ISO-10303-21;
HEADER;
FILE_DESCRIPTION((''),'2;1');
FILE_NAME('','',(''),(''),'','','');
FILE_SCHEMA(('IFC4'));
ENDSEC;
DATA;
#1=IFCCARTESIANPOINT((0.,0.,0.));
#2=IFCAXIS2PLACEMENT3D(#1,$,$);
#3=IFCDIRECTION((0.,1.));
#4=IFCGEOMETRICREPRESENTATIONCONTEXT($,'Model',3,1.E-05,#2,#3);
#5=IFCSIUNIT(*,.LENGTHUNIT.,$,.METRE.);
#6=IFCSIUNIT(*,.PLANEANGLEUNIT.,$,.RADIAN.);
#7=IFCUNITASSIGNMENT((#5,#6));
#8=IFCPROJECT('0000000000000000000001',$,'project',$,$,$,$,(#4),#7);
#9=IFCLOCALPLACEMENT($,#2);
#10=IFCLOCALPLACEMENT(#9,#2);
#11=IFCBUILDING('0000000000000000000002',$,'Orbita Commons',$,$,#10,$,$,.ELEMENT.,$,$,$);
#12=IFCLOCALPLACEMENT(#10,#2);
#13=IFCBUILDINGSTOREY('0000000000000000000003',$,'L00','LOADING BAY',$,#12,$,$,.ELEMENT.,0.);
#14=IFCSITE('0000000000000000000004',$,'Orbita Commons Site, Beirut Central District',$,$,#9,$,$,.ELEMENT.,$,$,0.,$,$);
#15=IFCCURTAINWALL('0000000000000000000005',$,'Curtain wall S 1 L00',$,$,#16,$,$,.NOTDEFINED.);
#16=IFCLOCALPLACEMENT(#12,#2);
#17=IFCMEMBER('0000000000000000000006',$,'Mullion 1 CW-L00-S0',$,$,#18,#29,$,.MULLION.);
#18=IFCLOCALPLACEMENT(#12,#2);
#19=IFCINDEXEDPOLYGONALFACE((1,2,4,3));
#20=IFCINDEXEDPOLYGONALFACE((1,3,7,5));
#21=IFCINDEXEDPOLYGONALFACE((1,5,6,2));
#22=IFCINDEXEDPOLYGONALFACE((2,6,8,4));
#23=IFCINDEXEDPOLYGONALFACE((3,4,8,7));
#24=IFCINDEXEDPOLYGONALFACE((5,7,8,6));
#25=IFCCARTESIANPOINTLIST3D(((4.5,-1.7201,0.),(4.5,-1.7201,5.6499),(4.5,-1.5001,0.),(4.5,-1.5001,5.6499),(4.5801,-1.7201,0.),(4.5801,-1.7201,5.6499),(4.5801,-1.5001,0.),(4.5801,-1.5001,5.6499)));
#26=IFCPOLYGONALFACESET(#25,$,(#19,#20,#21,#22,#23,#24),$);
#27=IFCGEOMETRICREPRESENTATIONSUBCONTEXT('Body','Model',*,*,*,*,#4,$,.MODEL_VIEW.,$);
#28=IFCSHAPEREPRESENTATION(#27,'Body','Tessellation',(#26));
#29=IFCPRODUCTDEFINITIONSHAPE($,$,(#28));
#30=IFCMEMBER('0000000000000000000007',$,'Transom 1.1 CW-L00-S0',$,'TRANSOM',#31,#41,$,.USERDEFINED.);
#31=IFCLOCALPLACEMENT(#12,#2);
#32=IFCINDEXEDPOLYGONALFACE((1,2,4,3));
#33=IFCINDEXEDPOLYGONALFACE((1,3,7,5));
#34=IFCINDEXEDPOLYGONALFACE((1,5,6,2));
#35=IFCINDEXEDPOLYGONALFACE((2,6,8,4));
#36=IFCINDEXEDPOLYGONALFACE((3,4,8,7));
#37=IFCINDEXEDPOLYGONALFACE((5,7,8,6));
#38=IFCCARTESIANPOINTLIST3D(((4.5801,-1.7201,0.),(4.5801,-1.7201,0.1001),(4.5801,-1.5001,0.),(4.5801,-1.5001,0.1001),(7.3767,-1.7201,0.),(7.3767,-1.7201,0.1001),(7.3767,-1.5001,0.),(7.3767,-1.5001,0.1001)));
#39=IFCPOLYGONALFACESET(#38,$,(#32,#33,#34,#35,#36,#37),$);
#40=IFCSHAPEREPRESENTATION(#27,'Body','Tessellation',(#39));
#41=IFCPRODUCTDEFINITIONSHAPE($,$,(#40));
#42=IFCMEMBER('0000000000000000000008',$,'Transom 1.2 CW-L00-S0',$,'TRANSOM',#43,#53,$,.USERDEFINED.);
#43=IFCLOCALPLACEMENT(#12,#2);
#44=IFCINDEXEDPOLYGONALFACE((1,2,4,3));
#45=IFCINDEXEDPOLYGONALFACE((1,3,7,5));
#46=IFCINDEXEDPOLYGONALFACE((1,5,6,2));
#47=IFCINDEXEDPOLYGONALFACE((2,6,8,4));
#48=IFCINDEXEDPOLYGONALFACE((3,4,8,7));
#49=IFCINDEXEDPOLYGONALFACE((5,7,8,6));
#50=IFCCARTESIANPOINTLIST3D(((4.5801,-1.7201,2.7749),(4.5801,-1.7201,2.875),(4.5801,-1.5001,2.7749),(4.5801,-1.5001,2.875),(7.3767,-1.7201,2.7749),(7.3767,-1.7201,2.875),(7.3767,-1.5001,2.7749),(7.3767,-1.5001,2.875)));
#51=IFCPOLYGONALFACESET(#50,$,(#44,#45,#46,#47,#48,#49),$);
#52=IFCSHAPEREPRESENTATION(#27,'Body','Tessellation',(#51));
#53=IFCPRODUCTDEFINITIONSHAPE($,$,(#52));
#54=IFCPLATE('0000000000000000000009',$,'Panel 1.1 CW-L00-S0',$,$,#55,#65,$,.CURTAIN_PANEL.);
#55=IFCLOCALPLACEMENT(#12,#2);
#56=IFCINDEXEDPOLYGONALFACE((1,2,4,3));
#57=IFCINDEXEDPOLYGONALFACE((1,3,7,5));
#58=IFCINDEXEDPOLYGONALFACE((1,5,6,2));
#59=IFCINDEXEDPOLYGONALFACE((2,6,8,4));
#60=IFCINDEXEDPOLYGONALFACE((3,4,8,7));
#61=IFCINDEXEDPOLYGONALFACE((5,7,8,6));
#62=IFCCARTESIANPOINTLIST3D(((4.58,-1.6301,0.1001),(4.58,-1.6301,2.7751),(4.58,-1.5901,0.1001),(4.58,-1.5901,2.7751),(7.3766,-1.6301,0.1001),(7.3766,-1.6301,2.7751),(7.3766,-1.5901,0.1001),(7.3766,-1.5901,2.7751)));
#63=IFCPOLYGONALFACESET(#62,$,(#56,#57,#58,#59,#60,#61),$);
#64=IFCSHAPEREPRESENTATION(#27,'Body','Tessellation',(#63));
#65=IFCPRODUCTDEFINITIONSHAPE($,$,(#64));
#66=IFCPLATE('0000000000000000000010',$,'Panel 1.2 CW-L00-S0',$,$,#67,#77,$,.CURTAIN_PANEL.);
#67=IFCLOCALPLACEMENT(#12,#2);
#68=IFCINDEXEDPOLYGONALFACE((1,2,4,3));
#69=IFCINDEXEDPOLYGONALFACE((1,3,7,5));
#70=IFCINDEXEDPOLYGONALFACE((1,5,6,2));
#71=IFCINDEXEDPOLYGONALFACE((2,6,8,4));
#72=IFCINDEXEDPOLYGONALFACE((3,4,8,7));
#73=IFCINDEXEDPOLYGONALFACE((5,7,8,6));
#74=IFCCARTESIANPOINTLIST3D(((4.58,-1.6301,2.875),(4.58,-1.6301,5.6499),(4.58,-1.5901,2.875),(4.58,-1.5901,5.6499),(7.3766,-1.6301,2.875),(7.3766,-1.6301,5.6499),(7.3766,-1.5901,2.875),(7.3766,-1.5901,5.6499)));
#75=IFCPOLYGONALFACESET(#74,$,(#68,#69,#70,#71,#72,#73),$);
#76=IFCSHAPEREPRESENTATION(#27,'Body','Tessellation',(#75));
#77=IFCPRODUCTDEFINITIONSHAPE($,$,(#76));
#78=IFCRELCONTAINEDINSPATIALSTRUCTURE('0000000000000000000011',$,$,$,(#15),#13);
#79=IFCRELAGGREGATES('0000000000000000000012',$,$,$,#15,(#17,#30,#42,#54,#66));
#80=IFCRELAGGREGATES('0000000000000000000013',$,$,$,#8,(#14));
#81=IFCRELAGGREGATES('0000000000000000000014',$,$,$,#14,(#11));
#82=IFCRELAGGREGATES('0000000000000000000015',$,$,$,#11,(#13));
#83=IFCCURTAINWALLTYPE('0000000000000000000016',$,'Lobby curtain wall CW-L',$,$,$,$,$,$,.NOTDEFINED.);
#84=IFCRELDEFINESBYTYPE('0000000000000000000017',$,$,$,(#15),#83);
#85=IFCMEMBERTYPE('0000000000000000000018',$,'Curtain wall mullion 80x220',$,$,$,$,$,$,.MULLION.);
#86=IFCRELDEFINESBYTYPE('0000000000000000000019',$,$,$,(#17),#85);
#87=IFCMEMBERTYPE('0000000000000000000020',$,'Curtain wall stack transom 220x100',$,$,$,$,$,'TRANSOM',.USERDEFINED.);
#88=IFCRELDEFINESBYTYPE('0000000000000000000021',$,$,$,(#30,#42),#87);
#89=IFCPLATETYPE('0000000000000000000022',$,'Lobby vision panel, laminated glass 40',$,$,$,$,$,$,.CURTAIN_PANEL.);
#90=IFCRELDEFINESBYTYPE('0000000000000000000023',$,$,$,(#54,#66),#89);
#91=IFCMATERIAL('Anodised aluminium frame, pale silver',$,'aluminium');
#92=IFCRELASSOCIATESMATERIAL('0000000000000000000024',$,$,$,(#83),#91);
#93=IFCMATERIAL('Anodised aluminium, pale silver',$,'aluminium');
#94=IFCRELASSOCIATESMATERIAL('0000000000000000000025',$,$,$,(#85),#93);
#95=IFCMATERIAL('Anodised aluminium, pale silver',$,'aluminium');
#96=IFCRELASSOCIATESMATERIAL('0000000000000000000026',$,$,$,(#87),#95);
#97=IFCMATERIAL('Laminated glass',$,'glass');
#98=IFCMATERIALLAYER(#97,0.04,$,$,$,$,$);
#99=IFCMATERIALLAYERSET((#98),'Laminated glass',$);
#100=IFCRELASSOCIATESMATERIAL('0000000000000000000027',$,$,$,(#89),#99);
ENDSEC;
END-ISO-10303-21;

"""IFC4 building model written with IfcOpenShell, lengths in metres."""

from ifc_helpers import new_model, si_unit, direction, frame, origin, origin_2d, place, context, subcontext, project, spatial, rectangle, extrude, material, layer, layer_set, material_profile, profile_set, type_object, element, aggregate, save


model = new_model("IFC4")

# Units and contexts
model_context = context("Model", 3, precision=1e-05, world=origin(), true_north=direction((0.0, 1.0)))
body_context = subcontext(model_context, "Body", "Model", "MODEL_VIEW")
ifc_project = project(units=[si_unit("LENGTHUNIT", "METRE"), si_unit("PLANEANGLEUNIT", "RADIAN")], contexts=[model_context])

# Site, building, storey
site_placement = place(None, origin())
site = spatial("IfcSite", under=ifc_project, at=site_placement, Name="Orbita Commons Site, Beirut Central District", CompositionType="ELEMENT", RefElevation=0.0)
building_placement = place(site_placement, origin())
building = spatial("IfcBuilding", under=site, at=building_placement, Name="Orbita Commons", CompositionType="ELEMENT")
storey_placement = place(building_placement, origin())
storey = spatial("IfcBuildingStorey", under=building, at=storey_placement, Name="L00", Description="LOADING BAY", CompositionType="ELEMENT", Elevation=0.0)

# Curtain wall, members, plates
ifc_material_1 = material(Name="Anodised aluminium frame, pale silver", Category="aluminium")
curtain_wall_type = type_object("IfcCurtainWallType", Name="Lobby curtain wall CW-L", PredefinedType="NOTDEFINED", material=ifc_material_1)
curtain_wall_placement = place(storey_placement, origin())
curtain_wall = element("IfcCurtainWall", 1, at=curtain_wall_placement, inside=storey, type_object=curtain_wall_type, Name="Curtain wall S 1 L00", PredefinedType="NOTDEFINED")
ifc_material_2 = material(Name="Anodised aluminium, pale silver", Category="aluminium")
ifc_material_profile_1 = material_profile(ifc_material_2, rectangle(XDim=0.0801, YDim=0.22, at=origin_2d()), Name="AL 80x220")
ifc_profile_set_1 = profile_set([ifc_material_profile_1], Name="Anodised aluminium, pale silver")
member_type_1 = type_object("IfcMemberType", Name="Curtain wall mullion 80x220", PredefinedType="MULLION", material=ifc_profile_set_1)
member_1_placement = place(storey_placement, frame((4.54, -1.6101, 0.0), z_axis=(0.0, 0.0, 1.0), x_axis=(1.0, 0.0, 0.0)))
member_1 = element("IfcMember", 2, at=member_1_placement, type_object=member_type_1, Name="Mullion 1 CW-L00-S0", PredefinedType="MULLION", context=body_context, shape_type="SweptSolid", body=[
    extrude(rectangle(XDim=0.0801, YDim=0.22, at=origin_2d()), origin(), (0.0, 0.0, 1.0), 5.6499),
])
ifc_material_3 = material(Name="Anodised aluminium, pale silver", Category="aluminium")
ifc_material_profile_2 = material_profile(ifc_material_3, rectangle(XDim=0.22, YDim=0.1001, at=origin_2d()), Name="AL 220x100")
ifc_profile_set_2 = profile_set([ifc_material_profile_2], Name="Anodised aluminium, pale silver")
member_type_2 = type_object("IfcMemberType", Name="Curtain wall stack transom 220x100", ElementType="TRANSOM", PredefinedType="USERDEFINED", material=ifc_profile_set_2)
member_2_placement = place(storey_placement, frame((4.5801, -1.6101, 0.05), z_axis=(1.0, 0.0, 0.0), x_axis=(0.0, 1.0, 0.0)))
member_2 = element("IfcMember", 3, at=member_2_placement, type_object=member_type_2, Name="Transom 1.1 CW-L00-S0", ObjectType="TRANSOM", PredefinedType="USERDEFINED", context=body_context, shape_type="SweptSolid", body=[
    extrude(rectangle(XDim=0.22, YDim=0.1001, at=origin_2d()), origin(), (0.0, 0.0, 1.0), 2.7966),
])
member_3_placement = place(storey_placement, frame((4.5801, -1.6101, 2.825), z_axis=(1.0, 0.0, 0.0), x_axis=(0.0, 1.0, 0.0)))
member_3 = element("IfcMember", 4, at=member_3_placement, type_object=member_type_2, Name="Transom 1.2 CW-L00-S0", ObjectType="TRANSOM", PredefinedType="USERDEFINED", context=body_context, shape_type="SweptSolid", body=[
    extrude(rectangle(XDim=0.22, YDim=0.1001, at=origin_2d()), origin(), (0.0, 0.0, 1.0), 2.7966),
])
ifc_material_4 = material(Name="Laminated glass", Category="glass")
ifc_layer = layer(ifc_material_4, 0.04)
ifc_layer_set = layer_set([ifc_layer], Name="Laminated glass")
plate_type = type_object("IfcPlateType", Name="Lobby vision panel, laminated glass 40", PredefinedType="CURTAIN_PANEL", material=ifc_layer_set)
plate_1_placement = place(storey_placement, frame((5.9783, -1.6101, 0.1001), z_axis=(0.0, 0.0, 1.0), x_axis=(1.0, 0.0, 0.0)))
plate_1 = element("IfcPlate", 5, at=plate_1_placement, type_object=plate_type, Name="Panel 1.1 CW-L00-S0", PredefinedType="CURTAIN_PANEL", context=body_context, shape_type="SweptSolid", body=[
    extrude(rectangle(XDim=2.7966, YDim=0.04, at=origin_2d()), origin(), (0.0, 0.0, 1.0), 2.675),
])
plate_2_placement = place(storey_placement, frame((5.9783, -1.6101, 2.875), z_axis=(0.0, 0.0, 1.0), x_axis=(1.0, 0.0, 0.0)))
plate_2 = element("IfcPlate", 6, at=plate_2_placement, type_object=plate_type, Name="Panel 1.2 CW-L00-S0", PredefinedType="CURTAIN_PANEL", context=body_context, shape_type="SweptSolid", body=[
    extrude(rectangle(XDim=2.7966, YDim=0.04, at=origin_2d()), origin(), (0.0, 0.0, 1.0), 2.7749),
])
aggregate(curtain_wall, [member_1, member_2, member_3, plate_1, plate_2])

save(model, "model.ifc")
